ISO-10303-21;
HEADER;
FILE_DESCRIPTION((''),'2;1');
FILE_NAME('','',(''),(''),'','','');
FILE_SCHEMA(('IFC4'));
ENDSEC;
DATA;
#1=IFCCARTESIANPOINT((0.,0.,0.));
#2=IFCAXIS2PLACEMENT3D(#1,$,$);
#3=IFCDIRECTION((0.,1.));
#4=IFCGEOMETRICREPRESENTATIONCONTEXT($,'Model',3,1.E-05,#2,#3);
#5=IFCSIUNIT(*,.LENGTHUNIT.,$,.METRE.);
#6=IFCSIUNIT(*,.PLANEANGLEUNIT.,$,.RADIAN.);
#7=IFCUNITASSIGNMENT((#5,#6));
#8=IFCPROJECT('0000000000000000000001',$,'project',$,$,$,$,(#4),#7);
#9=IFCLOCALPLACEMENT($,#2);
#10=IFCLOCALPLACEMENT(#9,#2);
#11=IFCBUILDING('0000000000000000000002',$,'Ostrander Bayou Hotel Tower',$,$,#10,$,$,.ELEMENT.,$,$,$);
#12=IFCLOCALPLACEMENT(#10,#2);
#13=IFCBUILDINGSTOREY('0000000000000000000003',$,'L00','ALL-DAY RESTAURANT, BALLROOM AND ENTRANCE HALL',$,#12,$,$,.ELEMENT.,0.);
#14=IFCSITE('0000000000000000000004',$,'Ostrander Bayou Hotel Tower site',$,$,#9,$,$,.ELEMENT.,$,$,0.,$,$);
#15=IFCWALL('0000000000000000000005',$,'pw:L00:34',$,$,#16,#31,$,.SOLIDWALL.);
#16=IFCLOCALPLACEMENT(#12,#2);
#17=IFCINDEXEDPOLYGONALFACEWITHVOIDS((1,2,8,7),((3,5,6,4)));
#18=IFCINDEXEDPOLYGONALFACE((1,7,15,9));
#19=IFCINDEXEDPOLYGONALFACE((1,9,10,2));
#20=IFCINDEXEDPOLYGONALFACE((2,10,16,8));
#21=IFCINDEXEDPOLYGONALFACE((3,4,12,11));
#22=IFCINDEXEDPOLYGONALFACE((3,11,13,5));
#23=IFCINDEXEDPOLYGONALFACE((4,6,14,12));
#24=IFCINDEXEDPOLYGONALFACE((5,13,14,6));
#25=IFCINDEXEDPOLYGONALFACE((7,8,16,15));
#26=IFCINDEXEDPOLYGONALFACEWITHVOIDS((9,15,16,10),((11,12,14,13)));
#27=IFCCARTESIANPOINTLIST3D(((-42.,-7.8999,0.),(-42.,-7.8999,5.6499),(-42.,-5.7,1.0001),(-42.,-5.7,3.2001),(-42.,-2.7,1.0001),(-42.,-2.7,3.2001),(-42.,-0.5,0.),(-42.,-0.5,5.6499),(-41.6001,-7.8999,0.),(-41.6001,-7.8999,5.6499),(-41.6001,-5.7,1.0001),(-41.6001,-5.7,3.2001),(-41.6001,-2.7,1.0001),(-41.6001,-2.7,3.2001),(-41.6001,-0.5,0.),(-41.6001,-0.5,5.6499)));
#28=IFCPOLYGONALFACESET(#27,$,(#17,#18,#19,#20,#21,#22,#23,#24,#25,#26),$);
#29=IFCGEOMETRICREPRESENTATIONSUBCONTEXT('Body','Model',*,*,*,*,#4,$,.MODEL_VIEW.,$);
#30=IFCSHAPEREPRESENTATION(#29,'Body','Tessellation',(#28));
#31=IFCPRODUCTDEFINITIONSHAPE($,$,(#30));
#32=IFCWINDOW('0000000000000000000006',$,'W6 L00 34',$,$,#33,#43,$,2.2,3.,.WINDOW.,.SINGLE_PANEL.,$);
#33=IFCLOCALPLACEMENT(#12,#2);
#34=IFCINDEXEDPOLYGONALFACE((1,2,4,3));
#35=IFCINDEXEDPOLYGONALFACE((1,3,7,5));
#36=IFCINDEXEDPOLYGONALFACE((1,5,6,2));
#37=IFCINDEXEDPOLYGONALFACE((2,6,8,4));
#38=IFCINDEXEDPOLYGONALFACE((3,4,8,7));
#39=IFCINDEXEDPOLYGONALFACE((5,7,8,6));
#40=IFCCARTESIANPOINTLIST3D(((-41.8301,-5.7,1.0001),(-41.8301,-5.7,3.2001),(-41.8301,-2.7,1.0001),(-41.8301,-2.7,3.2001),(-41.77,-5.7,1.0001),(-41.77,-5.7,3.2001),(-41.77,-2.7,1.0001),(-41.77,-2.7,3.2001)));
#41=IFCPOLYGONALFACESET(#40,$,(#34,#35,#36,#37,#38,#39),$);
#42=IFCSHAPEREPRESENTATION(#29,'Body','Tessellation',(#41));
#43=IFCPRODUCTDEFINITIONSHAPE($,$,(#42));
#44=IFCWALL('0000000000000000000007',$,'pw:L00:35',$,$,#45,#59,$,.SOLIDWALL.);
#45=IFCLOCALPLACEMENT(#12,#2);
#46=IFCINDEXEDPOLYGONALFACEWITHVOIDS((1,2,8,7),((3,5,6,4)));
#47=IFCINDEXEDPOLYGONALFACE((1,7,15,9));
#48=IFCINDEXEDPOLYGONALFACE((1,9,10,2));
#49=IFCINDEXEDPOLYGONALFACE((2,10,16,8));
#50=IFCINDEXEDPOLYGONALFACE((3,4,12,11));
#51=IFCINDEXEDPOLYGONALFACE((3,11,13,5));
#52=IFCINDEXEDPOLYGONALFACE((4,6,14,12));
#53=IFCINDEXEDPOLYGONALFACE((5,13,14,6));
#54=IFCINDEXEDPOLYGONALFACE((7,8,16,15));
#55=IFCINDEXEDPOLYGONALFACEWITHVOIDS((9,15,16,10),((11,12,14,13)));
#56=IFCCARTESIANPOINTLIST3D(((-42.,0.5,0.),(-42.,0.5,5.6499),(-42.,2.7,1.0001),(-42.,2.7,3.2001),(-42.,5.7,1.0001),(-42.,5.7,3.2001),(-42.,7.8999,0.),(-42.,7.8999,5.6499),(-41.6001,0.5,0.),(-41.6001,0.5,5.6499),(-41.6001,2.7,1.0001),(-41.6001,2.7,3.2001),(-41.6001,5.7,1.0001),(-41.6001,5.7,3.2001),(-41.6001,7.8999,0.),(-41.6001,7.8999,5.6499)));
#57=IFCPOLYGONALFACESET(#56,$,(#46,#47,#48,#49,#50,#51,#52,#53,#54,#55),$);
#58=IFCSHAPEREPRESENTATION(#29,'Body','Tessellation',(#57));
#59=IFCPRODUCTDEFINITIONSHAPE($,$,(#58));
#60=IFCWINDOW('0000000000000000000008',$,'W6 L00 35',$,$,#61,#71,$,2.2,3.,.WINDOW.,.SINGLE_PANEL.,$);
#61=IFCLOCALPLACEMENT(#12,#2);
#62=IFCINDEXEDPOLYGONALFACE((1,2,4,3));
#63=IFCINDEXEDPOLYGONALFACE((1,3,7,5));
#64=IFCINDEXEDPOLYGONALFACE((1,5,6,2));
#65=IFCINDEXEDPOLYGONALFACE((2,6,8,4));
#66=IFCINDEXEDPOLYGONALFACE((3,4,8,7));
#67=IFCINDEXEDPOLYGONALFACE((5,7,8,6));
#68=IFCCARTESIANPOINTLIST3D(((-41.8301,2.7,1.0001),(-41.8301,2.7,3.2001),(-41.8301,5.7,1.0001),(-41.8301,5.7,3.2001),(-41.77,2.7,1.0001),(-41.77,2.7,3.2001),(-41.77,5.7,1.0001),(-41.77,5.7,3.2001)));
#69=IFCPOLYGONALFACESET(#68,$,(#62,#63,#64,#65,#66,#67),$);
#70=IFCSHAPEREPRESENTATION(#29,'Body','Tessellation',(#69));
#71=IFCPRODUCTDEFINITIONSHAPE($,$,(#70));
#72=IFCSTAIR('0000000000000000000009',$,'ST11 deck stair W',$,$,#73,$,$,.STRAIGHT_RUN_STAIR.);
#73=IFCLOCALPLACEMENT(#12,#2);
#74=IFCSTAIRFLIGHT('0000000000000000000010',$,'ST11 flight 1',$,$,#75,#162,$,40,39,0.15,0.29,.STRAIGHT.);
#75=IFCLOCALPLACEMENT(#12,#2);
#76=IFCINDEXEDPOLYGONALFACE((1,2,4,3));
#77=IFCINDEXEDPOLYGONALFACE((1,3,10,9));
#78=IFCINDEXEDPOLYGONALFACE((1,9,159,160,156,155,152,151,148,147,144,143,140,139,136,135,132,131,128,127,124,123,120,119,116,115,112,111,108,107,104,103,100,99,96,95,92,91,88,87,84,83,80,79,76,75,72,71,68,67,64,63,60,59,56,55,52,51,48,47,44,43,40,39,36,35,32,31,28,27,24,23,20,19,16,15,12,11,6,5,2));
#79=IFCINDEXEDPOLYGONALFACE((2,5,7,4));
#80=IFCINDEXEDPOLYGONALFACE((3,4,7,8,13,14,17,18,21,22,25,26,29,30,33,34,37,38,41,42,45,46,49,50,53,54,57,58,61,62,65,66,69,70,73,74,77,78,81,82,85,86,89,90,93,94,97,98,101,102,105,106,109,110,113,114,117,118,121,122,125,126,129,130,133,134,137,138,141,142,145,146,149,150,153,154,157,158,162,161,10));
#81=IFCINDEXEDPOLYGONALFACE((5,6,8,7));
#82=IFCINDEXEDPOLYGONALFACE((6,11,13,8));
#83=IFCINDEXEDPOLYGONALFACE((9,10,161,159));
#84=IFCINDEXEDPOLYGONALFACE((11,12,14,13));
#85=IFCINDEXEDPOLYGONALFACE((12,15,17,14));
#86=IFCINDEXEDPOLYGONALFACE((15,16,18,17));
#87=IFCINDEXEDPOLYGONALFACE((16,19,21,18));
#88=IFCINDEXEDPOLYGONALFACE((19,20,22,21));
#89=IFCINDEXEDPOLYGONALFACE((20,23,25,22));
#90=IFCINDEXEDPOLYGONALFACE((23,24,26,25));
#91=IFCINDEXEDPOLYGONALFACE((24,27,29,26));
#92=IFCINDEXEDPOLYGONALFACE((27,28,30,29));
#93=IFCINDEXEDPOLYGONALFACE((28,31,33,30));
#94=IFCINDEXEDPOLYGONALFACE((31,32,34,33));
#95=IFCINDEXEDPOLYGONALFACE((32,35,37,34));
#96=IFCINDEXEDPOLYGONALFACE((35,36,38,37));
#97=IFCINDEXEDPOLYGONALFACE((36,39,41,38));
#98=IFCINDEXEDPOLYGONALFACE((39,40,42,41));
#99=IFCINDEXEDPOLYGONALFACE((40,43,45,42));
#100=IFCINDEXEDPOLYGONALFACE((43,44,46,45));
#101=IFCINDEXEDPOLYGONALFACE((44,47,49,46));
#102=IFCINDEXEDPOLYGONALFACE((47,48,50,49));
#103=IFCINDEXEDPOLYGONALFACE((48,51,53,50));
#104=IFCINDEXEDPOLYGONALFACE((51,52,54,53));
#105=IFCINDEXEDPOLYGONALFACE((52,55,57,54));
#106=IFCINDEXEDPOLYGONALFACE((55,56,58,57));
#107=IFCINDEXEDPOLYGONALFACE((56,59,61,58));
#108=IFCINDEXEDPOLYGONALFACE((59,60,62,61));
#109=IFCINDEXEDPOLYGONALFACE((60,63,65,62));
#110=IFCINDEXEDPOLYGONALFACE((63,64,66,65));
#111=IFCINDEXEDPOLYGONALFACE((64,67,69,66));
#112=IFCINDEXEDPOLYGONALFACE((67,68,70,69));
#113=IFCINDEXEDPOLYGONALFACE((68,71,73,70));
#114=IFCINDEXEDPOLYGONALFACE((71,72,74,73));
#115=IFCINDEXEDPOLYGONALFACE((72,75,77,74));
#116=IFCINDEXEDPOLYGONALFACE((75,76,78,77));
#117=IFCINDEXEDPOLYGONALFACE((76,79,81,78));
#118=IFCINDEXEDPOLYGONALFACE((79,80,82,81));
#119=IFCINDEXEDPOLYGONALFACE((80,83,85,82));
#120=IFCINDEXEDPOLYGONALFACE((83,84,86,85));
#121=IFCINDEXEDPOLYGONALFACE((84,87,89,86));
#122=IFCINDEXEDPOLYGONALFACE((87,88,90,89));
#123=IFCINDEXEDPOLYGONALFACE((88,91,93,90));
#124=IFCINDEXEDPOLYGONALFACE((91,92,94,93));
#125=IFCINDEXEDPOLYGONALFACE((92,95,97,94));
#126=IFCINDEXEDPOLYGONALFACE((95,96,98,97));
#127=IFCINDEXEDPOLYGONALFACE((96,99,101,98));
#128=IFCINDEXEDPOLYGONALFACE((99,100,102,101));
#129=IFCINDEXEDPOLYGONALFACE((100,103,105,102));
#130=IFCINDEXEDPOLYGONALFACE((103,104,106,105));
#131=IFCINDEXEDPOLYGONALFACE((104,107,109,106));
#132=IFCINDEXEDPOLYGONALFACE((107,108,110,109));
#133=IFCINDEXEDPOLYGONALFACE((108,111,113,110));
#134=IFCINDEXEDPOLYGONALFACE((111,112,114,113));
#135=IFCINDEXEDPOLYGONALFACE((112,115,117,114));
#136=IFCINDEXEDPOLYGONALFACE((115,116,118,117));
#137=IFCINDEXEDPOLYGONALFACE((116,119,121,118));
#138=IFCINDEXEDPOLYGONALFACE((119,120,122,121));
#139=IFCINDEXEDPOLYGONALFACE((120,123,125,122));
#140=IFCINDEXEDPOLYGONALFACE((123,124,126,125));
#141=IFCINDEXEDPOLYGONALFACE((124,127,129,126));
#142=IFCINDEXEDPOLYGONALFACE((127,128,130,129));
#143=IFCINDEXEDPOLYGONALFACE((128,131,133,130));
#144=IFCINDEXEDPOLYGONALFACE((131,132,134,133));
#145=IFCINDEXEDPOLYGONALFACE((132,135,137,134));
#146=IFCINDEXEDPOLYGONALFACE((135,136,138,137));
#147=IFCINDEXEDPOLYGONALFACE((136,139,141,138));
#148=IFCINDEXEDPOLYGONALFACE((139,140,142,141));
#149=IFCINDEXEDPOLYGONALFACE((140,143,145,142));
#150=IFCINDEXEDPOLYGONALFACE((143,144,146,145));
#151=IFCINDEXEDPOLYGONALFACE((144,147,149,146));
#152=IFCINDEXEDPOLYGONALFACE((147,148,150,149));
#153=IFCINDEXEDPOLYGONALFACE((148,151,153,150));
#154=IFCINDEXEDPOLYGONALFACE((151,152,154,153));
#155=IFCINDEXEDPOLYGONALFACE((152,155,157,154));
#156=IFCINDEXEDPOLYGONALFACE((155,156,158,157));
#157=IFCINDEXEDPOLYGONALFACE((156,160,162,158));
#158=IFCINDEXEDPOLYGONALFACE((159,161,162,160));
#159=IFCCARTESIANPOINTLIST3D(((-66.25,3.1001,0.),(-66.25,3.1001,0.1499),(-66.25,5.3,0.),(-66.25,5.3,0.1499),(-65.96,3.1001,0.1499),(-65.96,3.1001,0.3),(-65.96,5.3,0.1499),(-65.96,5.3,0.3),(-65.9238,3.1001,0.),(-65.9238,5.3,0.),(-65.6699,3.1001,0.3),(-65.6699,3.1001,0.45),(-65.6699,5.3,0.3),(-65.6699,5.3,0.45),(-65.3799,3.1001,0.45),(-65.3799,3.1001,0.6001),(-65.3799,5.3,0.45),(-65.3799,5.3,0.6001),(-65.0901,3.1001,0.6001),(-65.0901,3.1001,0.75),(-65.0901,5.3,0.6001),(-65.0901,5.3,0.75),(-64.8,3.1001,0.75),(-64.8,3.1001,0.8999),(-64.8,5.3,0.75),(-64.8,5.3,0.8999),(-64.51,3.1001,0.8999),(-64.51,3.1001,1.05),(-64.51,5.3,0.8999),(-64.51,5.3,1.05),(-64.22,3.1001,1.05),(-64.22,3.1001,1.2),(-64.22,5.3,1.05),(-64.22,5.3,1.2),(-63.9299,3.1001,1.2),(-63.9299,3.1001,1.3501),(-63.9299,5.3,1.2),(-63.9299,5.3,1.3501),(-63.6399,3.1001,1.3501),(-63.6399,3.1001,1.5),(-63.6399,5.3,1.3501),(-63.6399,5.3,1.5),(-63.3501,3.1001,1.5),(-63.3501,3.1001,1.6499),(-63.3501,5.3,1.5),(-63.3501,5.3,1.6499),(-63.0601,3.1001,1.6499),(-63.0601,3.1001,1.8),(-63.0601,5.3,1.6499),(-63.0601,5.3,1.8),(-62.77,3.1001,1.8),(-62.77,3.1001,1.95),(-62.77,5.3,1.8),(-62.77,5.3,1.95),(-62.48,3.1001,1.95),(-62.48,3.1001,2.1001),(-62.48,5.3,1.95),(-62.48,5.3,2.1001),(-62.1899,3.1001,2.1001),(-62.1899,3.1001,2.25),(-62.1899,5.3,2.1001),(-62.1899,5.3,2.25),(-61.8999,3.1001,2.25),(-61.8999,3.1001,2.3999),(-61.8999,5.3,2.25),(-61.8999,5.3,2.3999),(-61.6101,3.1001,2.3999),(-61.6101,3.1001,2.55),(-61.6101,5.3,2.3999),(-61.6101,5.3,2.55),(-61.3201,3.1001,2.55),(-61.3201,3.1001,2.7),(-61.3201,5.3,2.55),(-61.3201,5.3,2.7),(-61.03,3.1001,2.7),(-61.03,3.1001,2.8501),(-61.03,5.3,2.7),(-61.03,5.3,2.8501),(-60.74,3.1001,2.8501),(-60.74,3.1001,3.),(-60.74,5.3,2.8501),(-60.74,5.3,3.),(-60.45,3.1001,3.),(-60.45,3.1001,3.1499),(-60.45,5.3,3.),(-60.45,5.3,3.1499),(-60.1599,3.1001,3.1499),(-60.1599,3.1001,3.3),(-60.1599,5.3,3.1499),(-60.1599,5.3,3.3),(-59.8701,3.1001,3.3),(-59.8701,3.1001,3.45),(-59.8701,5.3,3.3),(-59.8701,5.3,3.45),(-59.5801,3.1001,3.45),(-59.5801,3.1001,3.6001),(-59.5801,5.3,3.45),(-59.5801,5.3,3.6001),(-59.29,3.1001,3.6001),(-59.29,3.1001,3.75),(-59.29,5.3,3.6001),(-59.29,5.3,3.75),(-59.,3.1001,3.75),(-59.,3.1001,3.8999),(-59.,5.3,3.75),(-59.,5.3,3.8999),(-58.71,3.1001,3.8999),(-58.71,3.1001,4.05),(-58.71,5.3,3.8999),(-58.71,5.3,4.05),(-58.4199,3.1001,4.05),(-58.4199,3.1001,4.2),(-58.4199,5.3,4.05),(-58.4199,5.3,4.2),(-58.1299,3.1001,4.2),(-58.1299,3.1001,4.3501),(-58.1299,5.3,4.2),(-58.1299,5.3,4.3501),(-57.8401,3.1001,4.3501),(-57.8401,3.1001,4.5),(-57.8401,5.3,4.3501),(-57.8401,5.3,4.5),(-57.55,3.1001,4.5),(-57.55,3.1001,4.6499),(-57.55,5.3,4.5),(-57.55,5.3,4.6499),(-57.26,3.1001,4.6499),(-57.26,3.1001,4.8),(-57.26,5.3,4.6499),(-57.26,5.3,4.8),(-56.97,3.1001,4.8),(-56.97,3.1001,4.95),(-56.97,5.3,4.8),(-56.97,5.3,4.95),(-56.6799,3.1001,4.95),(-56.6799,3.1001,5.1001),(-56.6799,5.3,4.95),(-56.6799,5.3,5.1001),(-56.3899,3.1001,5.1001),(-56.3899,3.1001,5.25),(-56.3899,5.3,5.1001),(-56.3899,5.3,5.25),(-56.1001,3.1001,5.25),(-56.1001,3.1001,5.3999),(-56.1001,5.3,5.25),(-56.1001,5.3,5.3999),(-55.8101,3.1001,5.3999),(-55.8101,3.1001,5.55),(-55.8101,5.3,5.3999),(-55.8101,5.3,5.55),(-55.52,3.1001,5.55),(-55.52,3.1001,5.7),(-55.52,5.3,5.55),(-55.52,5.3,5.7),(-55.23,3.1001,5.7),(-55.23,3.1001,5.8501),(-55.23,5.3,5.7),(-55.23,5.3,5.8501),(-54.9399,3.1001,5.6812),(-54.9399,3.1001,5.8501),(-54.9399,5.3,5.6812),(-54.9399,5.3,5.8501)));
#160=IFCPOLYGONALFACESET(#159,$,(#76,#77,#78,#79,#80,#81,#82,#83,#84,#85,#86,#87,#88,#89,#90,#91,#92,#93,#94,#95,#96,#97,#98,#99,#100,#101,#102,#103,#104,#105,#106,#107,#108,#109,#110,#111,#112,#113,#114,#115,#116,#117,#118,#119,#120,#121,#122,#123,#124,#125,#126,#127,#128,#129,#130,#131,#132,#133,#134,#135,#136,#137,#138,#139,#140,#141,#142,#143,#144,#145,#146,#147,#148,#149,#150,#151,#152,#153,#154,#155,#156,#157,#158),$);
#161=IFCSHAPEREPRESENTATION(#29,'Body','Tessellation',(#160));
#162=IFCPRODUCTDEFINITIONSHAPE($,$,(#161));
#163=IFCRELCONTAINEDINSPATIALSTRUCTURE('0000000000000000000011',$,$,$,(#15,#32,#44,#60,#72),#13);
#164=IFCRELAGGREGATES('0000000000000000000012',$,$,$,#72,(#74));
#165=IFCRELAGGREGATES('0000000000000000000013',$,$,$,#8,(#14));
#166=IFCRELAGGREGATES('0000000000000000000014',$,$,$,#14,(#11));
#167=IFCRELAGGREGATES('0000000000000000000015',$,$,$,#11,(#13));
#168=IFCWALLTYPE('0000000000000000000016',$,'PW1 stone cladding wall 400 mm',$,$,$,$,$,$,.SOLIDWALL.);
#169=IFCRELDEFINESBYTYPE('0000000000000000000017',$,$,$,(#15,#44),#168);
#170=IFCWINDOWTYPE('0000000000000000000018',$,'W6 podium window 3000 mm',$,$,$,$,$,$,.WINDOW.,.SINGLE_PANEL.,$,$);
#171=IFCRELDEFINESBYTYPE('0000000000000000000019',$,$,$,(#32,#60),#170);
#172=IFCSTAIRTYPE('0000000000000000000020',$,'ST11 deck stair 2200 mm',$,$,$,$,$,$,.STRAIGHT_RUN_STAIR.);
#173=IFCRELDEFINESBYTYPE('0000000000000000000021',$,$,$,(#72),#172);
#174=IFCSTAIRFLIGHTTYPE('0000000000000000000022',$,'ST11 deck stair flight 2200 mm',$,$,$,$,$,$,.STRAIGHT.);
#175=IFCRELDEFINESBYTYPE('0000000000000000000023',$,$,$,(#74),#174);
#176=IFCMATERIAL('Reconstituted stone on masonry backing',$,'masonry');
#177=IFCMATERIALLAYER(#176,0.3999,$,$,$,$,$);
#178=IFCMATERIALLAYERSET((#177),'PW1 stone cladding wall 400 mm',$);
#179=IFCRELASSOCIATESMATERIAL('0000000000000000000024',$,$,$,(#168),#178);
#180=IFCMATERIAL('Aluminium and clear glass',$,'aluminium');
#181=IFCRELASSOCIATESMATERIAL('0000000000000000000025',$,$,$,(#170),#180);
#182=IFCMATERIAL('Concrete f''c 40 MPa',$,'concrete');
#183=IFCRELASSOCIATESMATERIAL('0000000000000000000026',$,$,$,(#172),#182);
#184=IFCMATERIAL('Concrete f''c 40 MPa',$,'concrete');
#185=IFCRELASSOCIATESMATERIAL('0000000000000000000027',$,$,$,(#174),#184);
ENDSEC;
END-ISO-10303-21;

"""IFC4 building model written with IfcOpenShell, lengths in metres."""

from ifc_helpers import new_model, si_unit, direction, frame, frame_2d, origin, place, context, subcontext, project, spatial, polyline, rectangle, outline, extrude, material, layer, layer_set, type_object, element, fill, aggregate, save


model = new_model("IFC4")

# Units and contexts
model_context = context("Model", 3, precision=1e-05, world=origin(), true_north=direction((0.0, 1.0)))
body_context = subcontext(model_context, "Body", "Model", "MODEL_VIEW")
ifc_project = project(units=[si_unit("LENGTHUNIT", "METRE"), si_unit("PLANEANGLEUNIT", "RADIAN")], contexts=[model_context])

# Site, building, storey
site_placement = place(None, origin())
site = spatial("IfcSite", under=ifc_project, at=site_placement, Name="Ostrander Bayou Hotel Tower site", CompositionType="ELEMENT", RefElevation=0.0)
building_placement = place(site_placement, origin())
building = spatial("IfcBuilding", under=site, at=building_placement, Name="Ostrander Bayou Hotel Tower", CompositionType="ELEMENT")
storey_placement = place(building_placement, origin())
storey = spatial("IfcBuildingStorey", under=building, at=storey_placement, Name="L00", Description="ALL-DAY RESTAURANT, BALLROOM AND ENTRANCE HALL", CompositionType="ELEMENT", Elevation=0.0)

# Walls, openings, windows
ifc_material_1 = material(Name="Reconstituted stone on masonry backing", Category="masonry")
ifc_layer_1 = layer(ifc_material_1, 0.3999)
ifc_layer_set_1 = layer_set([ifc_layer_1], Name="PW1 stone cladding wall 400 mm")
wall_type_1 = type_object("IfcWallType", Name="PW1 stone cladding wall 400 mm", PredefinedType="SOLIDWALL", material=ifc_layer_set_1)
ifc_material_2 = material(Name="Aluminium and clear glass", Category="aluminium")
window_type = type_object("IfcWindowType", Name="W6 podium window 3000 mm", PartitioningType="SINGLE_PANEL", PredefinedType="WINDOW", material=ifc_material_2)
wall_1_placement = place(storey_placement, frame((-41.8, -7.8999, 0.0), z_axis=(0.0, 0.0, 1.0), x_axis=(0.0, 1.0, 0.0)))
wall_1 = element("IfcWall", 1, at=wall_1_placement, inside=storey, type_object=wall_type_1, Name="pw:L00:34", PredefinedType="SOLIDWALL", context=body_context, shape_type="SweptSolid", body=[
    extrude(rectangle(XDim=7.3999, YDim=0.3999, at=frame_2d((3.7, 0.0))), origin(), (0.0, 0.0, 1.0), 5.6499),
])
opening_1_placement = place(wall_1_placement, frame((2.2, 0.0, 1.0)))
opening_1 = element("IfcOpeningElement", 2, at=opening_1_placement, cuts=wall_1, PredefinedType="OPENING", context=body_context, shape_type="SweptSolid", body=[
    extrude(rectangle(XDim=3.0, YDim=2.2, at=frame_2d((1.5, 1.1001))), frame((0.0, 0.2, 0.0), z_axis=(0.0, -1.0, 0.0), x_axis=(1.0, 0.0, 0.0)), (0.0, 0.0, 1.0), 0.3999),
])
window_1_placement = place(opening_1_placement, origin())
window_1 = element("IfcWindow", 3, at=window_1_placement, inside=storey, type_object=window_type, Name="W6 L00 34", OverallHeight=2.2, OverallWidth=3.0, PartitioningType="SINGLE_PANEL", PredefinedType="WINDOW", context=body_context, shape_type="SweptSolid", body=[
    extrude(rectangle(XDim=3.0, YDim=2.2, at=frame_2d((1.5, 1.1001))), frame((0.0, 0.03, 0.0), z_axis=(0.0, -1.0, 0.0), x_axis=(1.0, 0.0, 0.0)), (0.0, 0.0, 1.0), 0.0601),
])
fill(opening_1, window_1)
wall_2_placement = place(storey_placement, frame((-41.8, 0.5, 0.0), z_axis=(0.0, 0.0, 1.0), x_axis=(0.0, 1.0, 0.0)))
wall_2 = element("IfcWall", 4, at=wall_2_placement, inside=storey, type_object=wall_type_1, Name="pw:L00:35", PredefinedType="SOLIDWALL", context=body_context, shape_type="SweptSolid", body=[
    extrude(rectangle(XDim=7.3999, YDim=0.3999, at=frame_2d((3.7, 0.0))), origin(), (0.0, 0.0, 1.0), 5.6499),
])
opening_2_placement = place(wall_2_placement, frame((2.2, 0.0, 1.0)))
opening_2 = element("IfcOpeningElement", 5, at=opening_2_placement, cuts=wall_2, PredefinedType="OPENING", context=body_context, shape_type="SweptSolid", body=[
    extrude(rectangle(XDim=3.0, YDim=2.2, at=frame_2d((1.5, 1.1001))), frame((0.0, 0.2, 0.0), z_axis=(0.0, -1.0, 0.0), x_axis=(1.0, 0.0, 0.0)), (0.0, 0.0, 1.0), 0.3999),
])
window_2_placement = place(opening_2_placement, origin())
window_2 = element("IfcWindow", 6, at=window_2_placement, inside=storey, type_object=window_type, Name="W6 L00 35", OverallHeight=2.2, OverallWidth=3.0, PartitioningType="SINGLE_PANEL", PredefinedType="WINDOW", context=body_context, shape_type="SweptSolid", body=[
    extrude(rectangle(XDim=3.0, YDim=2.2, at=frame_2d((1.5, 1.1001))), frame((0.0, 0.03, 0.0), z_axis=(0.0, -1.0, 0.0), x_axis=(1.0, 0.0, 0.0)), (0.0, 0.0, 1.0), 0.0601),
])
fill(opening_2, window_2)

# Stair, stair flight
ifc_material_3 = material(Name="Concrete f'c 40 MPa", Category="concrete")
stair_type = type_object("IfcStairType", Name="ST11 deck stair 2200 mm", PredefinedType="STRAIGHT_RUN_STAIR", material=ifc_material_3)
stair_placement = place(storey_placement, origin())
stair = element("IfcStair", 7, at=stair_placement, inside=storey, type_object=stair_type, Name="ST11 deck stair W", PredefinedType="STRAIGHT_RUN_STAIR")
ifc_material_4 = material(Name="Concrete f'c 40 MPa", Category="concrete")
stair_flight_type = type_object("IfcStairFlightType", Name="ST11 deck stair flight 2200 mm", PredefinedType="STRAIGHT", material=ifc_material_4)
stair_flight_placement = place(storey_placement, frame((-66.25, 4.2, 0.0), z_axis=(0.0, 0.0, 1.0), x_axis=(1.0, 0.0, 0.0)))
stair_flight = element("IfcStairFlight", 8, at=stair_flight_placement, type_object=stair_flight_type, Name="ST11 flight 1", NumberOfRisers=40, NumberOfTreads=39, PredefinedType="STRAIGHT", RiserHeight=0.15, TreadLength=0.29, context=body_context, shape_type="SweptSolid", body=[
    extrude(outline(polyline([(0.0, 0.0), (0.0, 0.1499), (0.29, 0.1499), (0.29, 0.3), (0.5801, 0.3), (0.5801, 0.45), (0.8701, 0.45), (0.8701, 0.6001), (1.1599, 0.6001), (1.1599, 0.75), (1.45, 0.75), (1.45, 0.8999), (1.74, 0.8999), (1.74, 1.05), (2.03, 1.05), (2.03, 1.2), (2.3201, 1.2), (2.3201, 1.3501), (2.6101, 1.3501), (2.6101, 1.5), (2.8999, 1.5), (2.8999, 1.6499), (3.1899, 1.6499), (3.1899, 1.8), (3.48, 1.8), (3.48, 1.95), (3.77, 1.95), (3.77, 2.1001), (4.0601, 2.1001), (4.0601, 2.25), (4.3501, 2.25), (4.3501, 2.3999), (4.6399, 2.3999), (4.6399, 2.55), (4.9299, 2.55), (4.9299, 2.7), (5.22, 2.7), (5.22, 2.8501), (5.51, 2.8501), (5.51, 3.0), (5.8, 3.0), (5.8, 3.1499), (6.0901, 3.1499), (6.0901, 3.3), (6.3799, 3.3), (6.3799, 3.45), (6.6699, 3.45), (6.6699, 3.6001), (6.96, 3.6001), (6.96, 3.75), (7.25, 3.75), (7.25, 3.8999), (7.54, 3.8999), (7.54, 4.05), (7.8301, 4.05), (7.8301, 4.2), (8.1201, 4.2), (8.1201, 4.3501), (8.4099, 4.3501), (8.4099, 4.5), (8.7, 4.5), (8.7, 4.6499), (8.99, 4.6499), (8.99, 4.8), (9.28, 4.8), (9.28, 4.95), (9.5701, 4.95), (9.5701, 5.1001), (9.8601, 5.1001), (9.8601, 5.25), (10.1499, 5.25), (10.1499, 5.3999), (10.4399, 5.3999), (10.4399, 5.55), (10.73, 5.55), (10.73, 5.7), (11.02, 5.7), (11.02, 5.8501), (11.3101, 5.8501), (11.3101, 6.0), (11.3101, 5.6812), (0.3262, 0.0), (0.0, 0.0)])), frame((0.0, 1.1001, 0.0), z_axis=(0.0, -1.0, 0.0), x_axis=(1.0, 0.0, 0.0)), (0.0, 0.0, 1.0), 2.2),
])
aggregate(stair, [stair_flight])

save(model, "model.ifc")
